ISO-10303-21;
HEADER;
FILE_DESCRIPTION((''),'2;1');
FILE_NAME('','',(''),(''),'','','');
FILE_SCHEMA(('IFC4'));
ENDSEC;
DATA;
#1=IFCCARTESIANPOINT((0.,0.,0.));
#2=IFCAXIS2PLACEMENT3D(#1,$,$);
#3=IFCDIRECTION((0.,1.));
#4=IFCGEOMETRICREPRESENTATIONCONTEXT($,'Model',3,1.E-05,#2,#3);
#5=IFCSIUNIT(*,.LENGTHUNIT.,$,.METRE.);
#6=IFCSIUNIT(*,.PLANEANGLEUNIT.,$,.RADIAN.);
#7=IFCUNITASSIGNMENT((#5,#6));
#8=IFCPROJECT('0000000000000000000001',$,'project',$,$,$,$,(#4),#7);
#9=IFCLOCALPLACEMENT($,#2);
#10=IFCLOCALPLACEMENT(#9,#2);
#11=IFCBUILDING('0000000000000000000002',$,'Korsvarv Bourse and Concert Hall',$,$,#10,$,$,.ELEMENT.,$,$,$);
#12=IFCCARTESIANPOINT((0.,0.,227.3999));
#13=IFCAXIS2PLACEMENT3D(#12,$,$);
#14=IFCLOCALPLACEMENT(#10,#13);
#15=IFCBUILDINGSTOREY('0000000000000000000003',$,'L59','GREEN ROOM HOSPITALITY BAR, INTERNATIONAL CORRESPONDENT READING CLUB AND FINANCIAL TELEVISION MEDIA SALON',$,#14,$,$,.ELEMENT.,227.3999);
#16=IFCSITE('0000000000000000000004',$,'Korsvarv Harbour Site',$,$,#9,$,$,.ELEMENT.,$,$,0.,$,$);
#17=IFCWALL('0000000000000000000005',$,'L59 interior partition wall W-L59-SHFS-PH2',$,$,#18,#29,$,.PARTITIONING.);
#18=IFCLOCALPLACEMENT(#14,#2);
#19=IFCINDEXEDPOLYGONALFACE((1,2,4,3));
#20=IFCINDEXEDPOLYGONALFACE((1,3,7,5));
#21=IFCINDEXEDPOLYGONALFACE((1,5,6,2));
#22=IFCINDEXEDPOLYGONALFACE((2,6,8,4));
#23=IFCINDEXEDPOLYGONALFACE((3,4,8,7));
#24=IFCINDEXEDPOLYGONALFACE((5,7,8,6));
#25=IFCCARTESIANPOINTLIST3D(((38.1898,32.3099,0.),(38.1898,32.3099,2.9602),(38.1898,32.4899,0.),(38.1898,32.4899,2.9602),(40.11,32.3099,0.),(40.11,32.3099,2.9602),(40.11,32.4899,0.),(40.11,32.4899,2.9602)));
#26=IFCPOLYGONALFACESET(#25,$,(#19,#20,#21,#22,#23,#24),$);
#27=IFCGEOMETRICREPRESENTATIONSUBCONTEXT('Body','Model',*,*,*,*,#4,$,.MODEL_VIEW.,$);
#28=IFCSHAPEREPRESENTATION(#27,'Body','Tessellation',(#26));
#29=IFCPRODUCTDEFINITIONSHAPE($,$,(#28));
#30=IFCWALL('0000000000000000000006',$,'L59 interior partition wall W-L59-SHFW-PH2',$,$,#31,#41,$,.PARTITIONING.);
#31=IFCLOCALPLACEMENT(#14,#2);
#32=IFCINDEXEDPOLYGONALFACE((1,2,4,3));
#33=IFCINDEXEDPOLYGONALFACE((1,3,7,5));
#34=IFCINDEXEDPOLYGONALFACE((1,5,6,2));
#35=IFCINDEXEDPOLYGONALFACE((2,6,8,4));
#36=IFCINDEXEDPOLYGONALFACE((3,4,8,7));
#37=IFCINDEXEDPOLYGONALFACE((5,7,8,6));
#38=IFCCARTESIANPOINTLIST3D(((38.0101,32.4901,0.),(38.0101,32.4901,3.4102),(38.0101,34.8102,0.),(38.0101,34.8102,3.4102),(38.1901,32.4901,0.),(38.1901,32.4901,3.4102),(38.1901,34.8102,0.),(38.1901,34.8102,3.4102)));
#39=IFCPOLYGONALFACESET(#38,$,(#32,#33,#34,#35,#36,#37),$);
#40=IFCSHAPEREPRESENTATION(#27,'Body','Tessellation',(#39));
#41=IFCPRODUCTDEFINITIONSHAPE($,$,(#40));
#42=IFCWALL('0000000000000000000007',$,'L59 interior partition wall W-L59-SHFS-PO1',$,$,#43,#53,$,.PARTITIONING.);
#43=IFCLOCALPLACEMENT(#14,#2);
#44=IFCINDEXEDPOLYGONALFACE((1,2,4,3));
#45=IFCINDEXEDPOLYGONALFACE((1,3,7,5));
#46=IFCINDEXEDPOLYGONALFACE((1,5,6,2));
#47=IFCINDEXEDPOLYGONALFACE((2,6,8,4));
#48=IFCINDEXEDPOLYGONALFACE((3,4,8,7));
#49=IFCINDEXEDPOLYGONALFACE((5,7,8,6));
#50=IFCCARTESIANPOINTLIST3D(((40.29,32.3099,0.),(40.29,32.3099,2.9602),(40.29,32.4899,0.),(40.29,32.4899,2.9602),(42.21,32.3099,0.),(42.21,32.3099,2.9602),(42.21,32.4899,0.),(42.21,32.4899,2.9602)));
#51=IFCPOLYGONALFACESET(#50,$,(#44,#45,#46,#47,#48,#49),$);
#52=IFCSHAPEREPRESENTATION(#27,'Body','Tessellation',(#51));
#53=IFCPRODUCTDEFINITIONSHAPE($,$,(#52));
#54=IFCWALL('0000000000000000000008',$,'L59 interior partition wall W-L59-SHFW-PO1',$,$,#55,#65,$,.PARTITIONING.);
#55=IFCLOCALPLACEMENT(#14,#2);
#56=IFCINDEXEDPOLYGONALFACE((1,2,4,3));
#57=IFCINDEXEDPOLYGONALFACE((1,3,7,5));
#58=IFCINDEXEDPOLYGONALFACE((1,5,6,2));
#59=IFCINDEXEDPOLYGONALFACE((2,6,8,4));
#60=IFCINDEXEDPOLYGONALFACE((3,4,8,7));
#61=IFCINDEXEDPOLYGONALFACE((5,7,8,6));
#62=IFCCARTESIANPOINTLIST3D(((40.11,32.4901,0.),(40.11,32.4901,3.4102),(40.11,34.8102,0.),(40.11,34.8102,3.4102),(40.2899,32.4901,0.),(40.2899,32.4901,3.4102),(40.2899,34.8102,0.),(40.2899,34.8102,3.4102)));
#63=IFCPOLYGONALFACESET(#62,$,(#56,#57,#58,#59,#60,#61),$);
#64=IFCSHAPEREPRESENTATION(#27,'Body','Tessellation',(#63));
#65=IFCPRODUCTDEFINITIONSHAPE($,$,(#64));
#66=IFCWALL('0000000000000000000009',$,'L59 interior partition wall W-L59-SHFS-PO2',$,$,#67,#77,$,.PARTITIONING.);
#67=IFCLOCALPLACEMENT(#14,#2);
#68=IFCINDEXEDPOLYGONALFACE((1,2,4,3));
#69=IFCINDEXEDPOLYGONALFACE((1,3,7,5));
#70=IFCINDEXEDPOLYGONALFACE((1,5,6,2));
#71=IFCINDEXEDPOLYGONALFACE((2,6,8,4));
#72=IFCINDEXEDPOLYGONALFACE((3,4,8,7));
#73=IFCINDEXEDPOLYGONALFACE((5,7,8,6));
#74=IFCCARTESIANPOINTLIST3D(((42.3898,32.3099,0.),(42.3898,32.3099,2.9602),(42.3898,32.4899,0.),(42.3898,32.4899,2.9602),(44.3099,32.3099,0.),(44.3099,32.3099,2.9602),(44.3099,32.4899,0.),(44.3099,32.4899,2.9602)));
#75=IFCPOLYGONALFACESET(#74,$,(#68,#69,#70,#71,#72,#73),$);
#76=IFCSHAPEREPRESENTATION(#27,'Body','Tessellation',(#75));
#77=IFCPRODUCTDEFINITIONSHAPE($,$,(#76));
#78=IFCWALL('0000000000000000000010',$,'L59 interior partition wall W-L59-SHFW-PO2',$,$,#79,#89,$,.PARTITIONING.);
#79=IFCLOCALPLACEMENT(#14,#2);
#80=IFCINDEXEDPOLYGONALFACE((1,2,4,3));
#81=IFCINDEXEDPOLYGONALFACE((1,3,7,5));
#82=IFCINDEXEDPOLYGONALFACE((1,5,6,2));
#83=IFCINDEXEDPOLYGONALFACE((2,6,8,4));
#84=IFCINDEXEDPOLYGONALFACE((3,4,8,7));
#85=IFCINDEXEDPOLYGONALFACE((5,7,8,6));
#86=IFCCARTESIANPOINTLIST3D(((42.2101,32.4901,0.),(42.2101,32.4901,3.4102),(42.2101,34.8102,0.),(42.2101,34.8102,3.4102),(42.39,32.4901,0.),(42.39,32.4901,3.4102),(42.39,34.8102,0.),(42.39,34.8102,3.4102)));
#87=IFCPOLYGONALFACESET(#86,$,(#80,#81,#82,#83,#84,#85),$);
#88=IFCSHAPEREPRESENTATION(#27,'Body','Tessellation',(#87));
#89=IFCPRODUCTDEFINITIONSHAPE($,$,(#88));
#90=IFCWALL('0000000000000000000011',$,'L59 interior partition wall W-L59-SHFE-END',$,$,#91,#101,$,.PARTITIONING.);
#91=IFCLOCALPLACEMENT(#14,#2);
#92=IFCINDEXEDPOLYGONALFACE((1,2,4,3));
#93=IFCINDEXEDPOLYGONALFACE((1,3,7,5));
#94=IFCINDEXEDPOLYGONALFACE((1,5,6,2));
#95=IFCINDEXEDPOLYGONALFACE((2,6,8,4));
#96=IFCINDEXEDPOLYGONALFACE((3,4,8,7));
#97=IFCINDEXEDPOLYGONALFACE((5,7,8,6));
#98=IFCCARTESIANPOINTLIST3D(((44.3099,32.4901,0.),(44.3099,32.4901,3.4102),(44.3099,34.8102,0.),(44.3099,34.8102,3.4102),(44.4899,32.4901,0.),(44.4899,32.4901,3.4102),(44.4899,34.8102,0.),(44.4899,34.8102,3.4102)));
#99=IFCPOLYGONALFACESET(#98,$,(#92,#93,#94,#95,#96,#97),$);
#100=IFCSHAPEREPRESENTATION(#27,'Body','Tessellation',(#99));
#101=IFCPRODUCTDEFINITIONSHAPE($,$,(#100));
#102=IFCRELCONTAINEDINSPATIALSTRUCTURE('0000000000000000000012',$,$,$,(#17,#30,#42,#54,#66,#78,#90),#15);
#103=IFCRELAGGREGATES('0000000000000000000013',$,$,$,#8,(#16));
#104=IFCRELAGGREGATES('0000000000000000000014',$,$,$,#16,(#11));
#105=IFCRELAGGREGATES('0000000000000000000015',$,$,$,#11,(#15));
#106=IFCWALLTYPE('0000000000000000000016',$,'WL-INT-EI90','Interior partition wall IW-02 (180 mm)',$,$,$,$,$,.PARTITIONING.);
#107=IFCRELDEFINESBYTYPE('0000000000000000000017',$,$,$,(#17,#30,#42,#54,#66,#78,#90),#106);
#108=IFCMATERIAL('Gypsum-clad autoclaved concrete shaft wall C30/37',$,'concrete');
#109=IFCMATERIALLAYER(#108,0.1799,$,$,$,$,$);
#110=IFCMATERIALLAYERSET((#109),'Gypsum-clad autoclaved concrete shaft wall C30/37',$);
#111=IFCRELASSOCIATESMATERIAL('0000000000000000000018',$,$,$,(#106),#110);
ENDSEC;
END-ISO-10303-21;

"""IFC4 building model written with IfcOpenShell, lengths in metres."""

from ifc_helpers import new_model, si_unit, direction, frame, frame_2d, origin, place, context, subcontext, project, spatial, rectangle, extrude, material, layer, layer_set, type_object, element, save


model = new_model("IFC4")

# Units and contexts
model_context = context("Model", 3, precision=1e-05, world=origin(), true_north=direction((0.0, 1.0)))
body_context = subcontext(model_context, "Body", "Model", "MODEL_VIEW")
ifc_project = project(units=[si_unit("LENGTHUNIT", "METRE"), si_unit("PLANEANGLEUNIT", "RADIAN")], contexts=[model_context])

# Site, building, storey
site_placement = place(None, origin())
site = spatial("IfcSite", under=ifc_project, at=site_placement, Name="Korsvarv Harbour Site", CompositionType="ELEMENT", RefElevation=0.0)
building_placement = place(site_placement, origin())
building = spatial("IfcBuilding", under=site, at=building_placement, Name="Korsvarv Bourse and Concert Hall", CompositionType="ELEMENT")
storey_placement = place(building_placement, frame((0.0, 0.0, 227.3999)))
storey = spatial("IfcBuildingStorey", under=building, at=storey_placement, Name="L59", Description="GREEN ROOM HOSPITALITY BAR, INTERNATIONAL CORRESPONDENT READING CLUB AND FINANCIAL TELEVISION MEDIA SALON", CompositionType="ELEMENT", Elevation=227.3999)

# Walls
ifc_material_1 = material(Name="Gypsum-clad autoclaved concrete shaft wall C30/37", Category="concrete")
ifc_layer_1 = layer(ifc_material_1, 0.1799)
ifc_layer_set_1 = layer_set([ifc_layer_1], Name="Gypsum-clad autoclaved concrete shaft wall C30/37")
wall_type_1 = type_object("IfcWallType", Name="WL-INT-EI90", Description="Interior partition wall IW-02 (180 mm)", PredefinedType="PARTITIONING", material=ifc_layer_set_1)
wall_1_placement = place(storey_placement, frame((38.1899, 32.3999, 0.0), z_axis=(0.0, 0.0, 1.0), x_axis=(1.0, 0.0, 0.0)))
element("IfcWall", 1, at=wall_1_placement, inside=storey, type_object=wall_type_1, Name="L59 interior partition wall W-L59-SHFS-PH2", PredefinedType="PARTITIONING", context=body_context, shape_type="SweptSolid", body=[
    extrude(rectangle(XDim=1.9202, YDim=0.1799, at=frame_2d((0.96, 0.0))), origin(), (0.0, 0.0, 1.0), 2.9602),
])
wall_2_placement = place(storey_placement, frame((38.1001, 32.49, 0.0), z_axis=(0.0, 0.0, 1.0), x_axis=(0.0, 1.0, 0.0)))
element("IfcWall", 2, at=wall_2_placement, inside=storey, type_object=wall_type_1, Name="L59 interior partition wall W-L59-SHFW-PH2", PredefinedType="PARTITIONING", context=body_context, shape_type="SweptSolid", body=[
    extrude(rectangle(XDim=2.3201, YDim=0.1799, at=frame_2d((1.1602, 0.0))), origin(), (0.0, 0.0, 1.0), 3.4102),
])
wall_3_placement = place(storey_placement, frame((40.29, 32.3999, 0.0), z_axis=(0.0, 0.0, 1.0), x_axis=(1.0, 0.0, 0.0)))
element("IfcWall", 3, at=wall_3_placement, inside=storey, type_object=wall_type_1, Name="L59 interior partition wall W-L59-SHFS-PO1", PredefinedType="PARTITIONING", context=body_context, shape_type="SweptSolid", body=[
    extrude(rectangle(XDim=1.9199, YDim=0.1799, at=frame_2d((0.96, 0.0))), origin(), (0.0, 0.0, 1.0), 2.9602),
])
wall_4_placement = place(storey_placement, frame((40.2, 32.49, 0.0), z_axis=(0.0, 0.0, 1.0), x_axis=(0.0, 1.0, 0.0)))
element("IfcWall", 4, at=wall_4_placement, inside=storey, type_object=wall_type_1, Name="L59 interior partition wall W-L59-SHFW-PO1", PredefinedType="PARTITIONING", context=body_context, shape_type="SweptSolid", body=[
    extrude(rectangle(XDim=2.3201, YDim=0.1799, at=frame_2d((1.1602, 0.0))), origin(), (0.0, 0.0, 1.0), 3.4102),
])
wall_5_placement = place(storey_placement, frame((42.3899, 32.3999, 0.0), z_axis=(0.0, 0.0, 1.0), x_axis=(1.0, 0.0, 0.0)))
element("IfcWall", 5, at=wall_5_placement, inside=storey, type_object=wall_type_1, Name="L59 interior partition wall W-L59-SHFS-PO2", PredefinedType="PARTITIONING", context=body_context, shape_type="SweptSolid", body=[
    extrude(rectangle(XDim=1.9202, YDim=0.1799, at=frame_2d((0.96, 0.0))), origin(), (0.0, 0.0, 1.0), 2.9602),
])
for number, where, z_axis, x_axis, name in (
    (6, (42.3, 32.49, 0.0), (0.0, 0.0, 1.0), (0.0, 1.0, 0.0), "L59 interior partition wall W-L59-SHFW-PO2"),
    (7, (44.3999, 32.49, 0.0), (0.0, 0.0, 1.0), (0.0, 1.0, 0.0), "L59 interior partition wall W-L59-SHFE-END"),
):
    element("IfcWall", number, at=place(storey_placement, frame(where, z_axis=z_axis, x_axis=x_axis)), inside=storey, type_object=wall_type_1, Name=name, PredefinedType="PARTITIONING", context=body_context, shape_type="SweptSolid", body=[
        extrude(rectangle(XDim=2.3201, YDim=0.1799, at=frame_2d((1.1602, 0.0))), origin(), (0.0, 0.0, 1.0), 3.4102),
    ])

save(model, "model.ifc")
